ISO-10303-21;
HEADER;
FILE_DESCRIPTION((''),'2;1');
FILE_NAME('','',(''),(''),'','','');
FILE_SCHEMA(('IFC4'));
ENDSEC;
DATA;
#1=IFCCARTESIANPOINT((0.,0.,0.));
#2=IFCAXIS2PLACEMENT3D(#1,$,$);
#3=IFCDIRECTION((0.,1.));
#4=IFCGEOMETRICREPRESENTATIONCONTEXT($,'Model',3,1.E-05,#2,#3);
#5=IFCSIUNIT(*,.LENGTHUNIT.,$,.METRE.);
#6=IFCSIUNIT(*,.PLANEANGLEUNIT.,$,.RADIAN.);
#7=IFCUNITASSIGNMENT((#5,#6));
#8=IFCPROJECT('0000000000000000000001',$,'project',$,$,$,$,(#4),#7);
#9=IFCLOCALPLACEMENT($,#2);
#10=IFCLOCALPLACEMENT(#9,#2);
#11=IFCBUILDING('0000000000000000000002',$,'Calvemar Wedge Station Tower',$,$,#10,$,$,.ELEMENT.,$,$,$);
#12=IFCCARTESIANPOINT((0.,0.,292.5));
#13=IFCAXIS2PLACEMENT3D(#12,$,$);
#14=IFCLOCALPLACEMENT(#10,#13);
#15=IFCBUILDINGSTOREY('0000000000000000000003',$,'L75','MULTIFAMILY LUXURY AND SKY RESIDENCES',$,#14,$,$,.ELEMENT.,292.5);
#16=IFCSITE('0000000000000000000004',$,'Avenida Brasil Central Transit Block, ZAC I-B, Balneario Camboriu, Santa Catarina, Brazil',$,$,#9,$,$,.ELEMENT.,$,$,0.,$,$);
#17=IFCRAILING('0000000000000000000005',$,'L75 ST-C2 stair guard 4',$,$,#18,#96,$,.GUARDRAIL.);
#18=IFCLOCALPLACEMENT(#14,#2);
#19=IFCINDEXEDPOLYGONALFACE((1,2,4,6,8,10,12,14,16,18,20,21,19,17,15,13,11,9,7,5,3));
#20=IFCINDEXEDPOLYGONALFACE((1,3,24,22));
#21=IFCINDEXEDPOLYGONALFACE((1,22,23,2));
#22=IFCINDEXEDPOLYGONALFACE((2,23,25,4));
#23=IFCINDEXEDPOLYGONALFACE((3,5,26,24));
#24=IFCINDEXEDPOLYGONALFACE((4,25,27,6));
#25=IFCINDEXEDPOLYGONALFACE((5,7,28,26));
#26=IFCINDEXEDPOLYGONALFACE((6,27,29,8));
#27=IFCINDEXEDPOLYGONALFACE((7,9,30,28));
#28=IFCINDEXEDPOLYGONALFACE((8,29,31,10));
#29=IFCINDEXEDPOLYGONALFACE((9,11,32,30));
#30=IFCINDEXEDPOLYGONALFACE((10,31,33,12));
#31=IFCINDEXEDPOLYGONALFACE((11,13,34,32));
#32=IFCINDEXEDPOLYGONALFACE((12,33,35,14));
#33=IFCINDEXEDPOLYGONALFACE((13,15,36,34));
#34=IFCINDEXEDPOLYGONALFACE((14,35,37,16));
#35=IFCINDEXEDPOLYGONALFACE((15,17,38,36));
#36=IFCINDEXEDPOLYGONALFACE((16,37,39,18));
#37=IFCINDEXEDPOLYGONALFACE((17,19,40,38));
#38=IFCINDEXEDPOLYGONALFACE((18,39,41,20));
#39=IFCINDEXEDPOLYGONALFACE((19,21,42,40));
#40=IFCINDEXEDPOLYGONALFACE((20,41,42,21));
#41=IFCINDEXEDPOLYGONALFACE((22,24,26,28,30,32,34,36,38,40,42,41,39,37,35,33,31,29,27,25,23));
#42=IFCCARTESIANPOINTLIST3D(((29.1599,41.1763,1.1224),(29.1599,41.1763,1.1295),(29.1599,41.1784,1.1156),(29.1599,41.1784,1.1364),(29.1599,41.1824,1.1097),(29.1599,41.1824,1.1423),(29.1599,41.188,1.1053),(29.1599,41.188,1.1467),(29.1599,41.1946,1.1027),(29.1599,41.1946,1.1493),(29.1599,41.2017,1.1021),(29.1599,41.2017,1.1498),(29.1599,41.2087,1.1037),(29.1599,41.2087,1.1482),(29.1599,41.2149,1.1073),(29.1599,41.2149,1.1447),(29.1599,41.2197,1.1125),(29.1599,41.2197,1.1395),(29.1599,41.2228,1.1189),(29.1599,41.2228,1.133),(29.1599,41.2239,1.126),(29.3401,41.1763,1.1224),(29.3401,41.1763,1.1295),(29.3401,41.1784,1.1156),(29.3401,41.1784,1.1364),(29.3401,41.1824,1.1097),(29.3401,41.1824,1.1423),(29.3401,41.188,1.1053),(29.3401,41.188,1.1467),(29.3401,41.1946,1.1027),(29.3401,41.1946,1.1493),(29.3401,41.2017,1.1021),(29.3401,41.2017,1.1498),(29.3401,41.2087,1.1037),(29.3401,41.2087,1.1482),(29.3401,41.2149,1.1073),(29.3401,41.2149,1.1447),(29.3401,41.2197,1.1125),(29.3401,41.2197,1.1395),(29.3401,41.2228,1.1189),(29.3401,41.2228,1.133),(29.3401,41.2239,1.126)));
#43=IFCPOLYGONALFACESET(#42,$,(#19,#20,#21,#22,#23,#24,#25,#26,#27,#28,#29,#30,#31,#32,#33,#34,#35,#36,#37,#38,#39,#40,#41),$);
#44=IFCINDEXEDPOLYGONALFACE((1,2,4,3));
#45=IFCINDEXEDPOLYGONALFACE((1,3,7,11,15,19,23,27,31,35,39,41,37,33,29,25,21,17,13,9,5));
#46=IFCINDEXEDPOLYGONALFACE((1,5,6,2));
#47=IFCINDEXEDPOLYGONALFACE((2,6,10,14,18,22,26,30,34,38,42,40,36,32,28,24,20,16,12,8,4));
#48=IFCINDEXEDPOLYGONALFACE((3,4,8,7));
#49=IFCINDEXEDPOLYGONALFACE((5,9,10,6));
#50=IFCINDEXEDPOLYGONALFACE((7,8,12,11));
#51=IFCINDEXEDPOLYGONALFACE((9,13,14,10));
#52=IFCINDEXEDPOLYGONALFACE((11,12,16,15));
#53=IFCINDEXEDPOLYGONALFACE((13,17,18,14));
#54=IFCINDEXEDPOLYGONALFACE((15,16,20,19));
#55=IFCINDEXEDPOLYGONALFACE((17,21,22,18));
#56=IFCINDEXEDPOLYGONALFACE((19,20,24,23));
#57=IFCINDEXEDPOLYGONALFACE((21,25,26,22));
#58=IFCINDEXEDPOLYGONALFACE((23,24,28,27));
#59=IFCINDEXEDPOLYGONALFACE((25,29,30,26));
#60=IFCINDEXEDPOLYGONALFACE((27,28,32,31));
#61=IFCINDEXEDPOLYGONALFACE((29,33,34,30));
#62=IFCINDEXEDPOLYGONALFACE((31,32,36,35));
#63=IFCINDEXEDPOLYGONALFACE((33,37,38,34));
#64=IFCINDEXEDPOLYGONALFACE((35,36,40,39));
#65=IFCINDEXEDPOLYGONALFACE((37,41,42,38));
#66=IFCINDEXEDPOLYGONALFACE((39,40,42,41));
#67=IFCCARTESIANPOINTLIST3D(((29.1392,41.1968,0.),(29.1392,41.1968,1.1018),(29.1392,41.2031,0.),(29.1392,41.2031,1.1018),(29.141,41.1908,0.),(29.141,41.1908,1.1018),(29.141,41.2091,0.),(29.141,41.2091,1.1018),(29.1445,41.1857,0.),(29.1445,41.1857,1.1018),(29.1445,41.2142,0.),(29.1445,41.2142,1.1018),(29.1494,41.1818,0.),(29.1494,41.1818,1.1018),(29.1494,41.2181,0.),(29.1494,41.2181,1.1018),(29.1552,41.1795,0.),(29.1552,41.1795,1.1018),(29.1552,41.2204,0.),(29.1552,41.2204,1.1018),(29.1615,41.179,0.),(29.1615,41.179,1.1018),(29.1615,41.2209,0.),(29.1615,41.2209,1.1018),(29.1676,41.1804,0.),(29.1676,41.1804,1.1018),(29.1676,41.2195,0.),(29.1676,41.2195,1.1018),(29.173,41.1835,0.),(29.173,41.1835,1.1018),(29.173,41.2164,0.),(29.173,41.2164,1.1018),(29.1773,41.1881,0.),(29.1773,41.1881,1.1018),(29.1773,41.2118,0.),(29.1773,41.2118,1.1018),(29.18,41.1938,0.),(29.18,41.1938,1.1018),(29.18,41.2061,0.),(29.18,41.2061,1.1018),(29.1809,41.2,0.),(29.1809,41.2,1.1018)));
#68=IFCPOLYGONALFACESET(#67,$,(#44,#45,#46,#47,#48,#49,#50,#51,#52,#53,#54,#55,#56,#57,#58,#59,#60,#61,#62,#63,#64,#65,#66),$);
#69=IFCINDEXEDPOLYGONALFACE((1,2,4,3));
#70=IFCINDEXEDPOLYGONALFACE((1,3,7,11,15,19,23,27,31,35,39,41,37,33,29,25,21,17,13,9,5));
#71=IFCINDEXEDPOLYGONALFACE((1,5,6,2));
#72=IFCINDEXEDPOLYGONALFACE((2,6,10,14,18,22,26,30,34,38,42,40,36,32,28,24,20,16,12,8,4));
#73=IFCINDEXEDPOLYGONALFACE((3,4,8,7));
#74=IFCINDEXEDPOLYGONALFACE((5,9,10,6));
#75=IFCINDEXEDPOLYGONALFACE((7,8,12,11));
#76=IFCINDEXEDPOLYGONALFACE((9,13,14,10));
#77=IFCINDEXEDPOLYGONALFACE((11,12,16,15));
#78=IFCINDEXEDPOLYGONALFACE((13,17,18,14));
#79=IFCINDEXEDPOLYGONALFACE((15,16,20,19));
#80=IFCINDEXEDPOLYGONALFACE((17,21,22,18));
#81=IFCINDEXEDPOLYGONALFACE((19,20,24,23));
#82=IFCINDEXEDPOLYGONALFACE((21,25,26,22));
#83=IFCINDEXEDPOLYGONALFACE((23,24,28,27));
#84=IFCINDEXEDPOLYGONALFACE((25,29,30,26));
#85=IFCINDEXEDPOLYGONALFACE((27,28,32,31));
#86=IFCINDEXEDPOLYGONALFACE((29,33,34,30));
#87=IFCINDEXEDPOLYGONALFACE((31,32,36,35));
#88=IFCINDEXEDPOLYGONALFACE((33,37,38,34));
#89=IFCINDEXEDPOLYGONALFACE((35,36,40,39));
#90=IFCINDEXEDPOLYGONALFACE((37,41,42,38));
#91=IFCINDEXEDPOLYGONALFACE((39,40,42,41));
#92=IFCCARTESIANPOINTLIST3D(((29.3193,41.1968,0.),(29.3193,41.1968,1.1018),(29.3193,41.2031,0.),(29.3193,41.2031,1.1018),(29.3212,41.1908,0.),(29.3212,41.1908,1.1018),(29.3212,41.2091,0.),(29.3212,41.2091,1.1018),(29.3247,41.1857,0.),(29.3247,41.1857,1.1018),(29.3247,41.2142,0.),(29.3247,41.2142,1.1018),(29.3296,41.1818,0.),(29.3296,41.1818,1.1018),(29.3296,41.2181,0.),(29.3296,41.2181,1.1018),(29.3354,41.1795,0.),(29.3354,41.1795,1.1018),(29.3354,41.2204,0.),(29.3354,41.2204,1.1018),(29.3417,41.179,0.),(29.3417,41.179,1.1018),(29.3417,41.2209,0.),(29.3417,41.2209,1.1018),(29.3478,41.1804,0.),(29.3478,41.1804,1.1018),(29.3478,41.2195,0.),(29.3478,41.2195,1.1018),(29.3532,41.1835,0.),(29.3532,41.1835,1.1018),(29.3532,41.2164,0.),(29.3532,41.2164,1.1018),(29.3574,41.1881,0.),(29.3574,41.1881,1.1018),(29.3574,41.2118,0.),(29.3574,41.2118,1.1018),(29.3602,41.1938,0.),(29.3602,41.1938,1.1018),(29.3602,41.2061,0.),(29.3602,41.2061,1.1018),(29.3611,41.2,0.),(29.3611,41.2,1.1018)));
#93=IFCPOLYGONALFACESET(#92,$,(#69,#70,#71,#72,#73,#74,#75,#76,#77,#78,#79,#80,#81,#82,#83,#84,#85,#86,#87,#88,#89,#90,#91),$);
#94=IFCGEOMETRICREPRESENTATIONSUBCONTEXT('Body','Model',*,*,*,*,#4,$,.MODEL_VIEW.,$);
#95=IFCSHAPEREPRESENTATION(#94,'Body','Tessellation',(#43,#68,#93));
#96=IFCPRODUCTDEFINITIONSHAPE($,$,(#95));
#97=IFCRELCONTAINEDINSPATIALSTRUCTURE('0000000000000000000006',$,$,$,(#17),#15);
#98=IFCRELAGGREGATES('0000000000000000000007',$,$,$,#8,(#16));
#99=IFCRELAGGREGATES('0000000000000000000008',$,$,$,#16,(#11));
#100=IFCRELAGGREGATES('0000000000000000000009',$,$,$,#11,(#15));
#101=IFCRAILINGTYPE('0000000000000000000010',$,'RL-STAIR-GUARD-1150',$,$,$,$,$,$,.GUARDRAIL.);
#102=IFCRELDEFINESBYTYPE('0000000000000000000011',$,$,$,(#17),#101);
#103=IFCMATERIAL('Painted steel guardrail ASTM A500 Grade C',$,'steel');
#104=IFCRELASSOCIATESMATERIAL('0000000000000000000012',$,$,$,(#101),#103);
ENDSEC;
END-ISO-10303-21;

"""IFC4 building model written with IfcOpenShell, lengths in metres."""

from ifc_helpers import new_model, si_unit, direction, frame, origin, origin_2d, place, context, subcontext, project, spatial, circle, extrude, material, type_object, element, save


model = new_model("IFC4")

# Units and contexts
model_context = context("Model", 3, precision=1e-05, world=origin(), true_north=direction((0.0, 1.0)))
body_context = subcontext(model_context, "Body", "Model", "MODEL_VIEW")
ifc_project = project(units=[si_unit("LENGTHUNIT", "METRE"), si_unit("PLANEANGLEUNIT", "RADIAN")], contexts=[model_context])

# Site, building, storey
site_placement = place(None, origin())
site = spatial("IfcSite", under=ifc_project, at=site_placement, Name="Avenida Brasil Central Transit Block, ZAC I-B, Balneario Camboriu, Santa Catarina, Brazil", CompositionType="ELEMENT", RefElevation=0.0)
building_placement = place(site_placement, origin())
building = spatial("IfcBuilding", under=site, at=building_placement, Name="Calvemar Wedge Station Tower", CompositionType="ELEMENT")
storey_placement = place(building_placement, frame((0.0, 0.0, 292.5)))
storey = spatial("IfcBuildingStorey", under=building, at=storey_placement, Name="L75", Description="MULTIFAMILY LUXURY AND SKY RESIDENCES", CompositionType="ELEMENT", Elevation=292.5)

# Railing
ifc_material_1 = material(Name="Painted steel guardrail ASTM A500 Grade C", Category="steel")
railing_type_1 = type_object("IfcRailingType", Name="RL-STAIR-GUARD-1150", PredefinedType="GUARDRAIL", material=ifc_material_1)
railing_1_placement = place(storey_placement, frame((29.1599, 41.2, 0.0)))
element("IfcRailing", 1, at=railing_1_placement, inside=storey, type_object=railing_type_1, Name="L75 ST-C2 stair guard 4", PredefinedType="GUARDRAIL", context=body_context, shape_type="SweptSolid", body=[
    extrude(circle(Radius=0.0239, at=origin_2d()), frame((0.0, 0.0, 1.126), z_axis=(1.0, 0.0, 0.0), x_axis=(0.0, 1.0, 0.0)), (0.0, 0.0, 1.0), 0.1802),
    extrude(circle(Radius=0.021, at=origin_2d()), origin(), (0.0, 0.0, 1.0), 1.1018),
    extrude(circle(Radius=0.021, at=origin_2d()), frame((0.1802, 0.0, 0.0)), (0.0, 0.0, 1.0), 1.1018),
])

save(model, "model.ifc")
